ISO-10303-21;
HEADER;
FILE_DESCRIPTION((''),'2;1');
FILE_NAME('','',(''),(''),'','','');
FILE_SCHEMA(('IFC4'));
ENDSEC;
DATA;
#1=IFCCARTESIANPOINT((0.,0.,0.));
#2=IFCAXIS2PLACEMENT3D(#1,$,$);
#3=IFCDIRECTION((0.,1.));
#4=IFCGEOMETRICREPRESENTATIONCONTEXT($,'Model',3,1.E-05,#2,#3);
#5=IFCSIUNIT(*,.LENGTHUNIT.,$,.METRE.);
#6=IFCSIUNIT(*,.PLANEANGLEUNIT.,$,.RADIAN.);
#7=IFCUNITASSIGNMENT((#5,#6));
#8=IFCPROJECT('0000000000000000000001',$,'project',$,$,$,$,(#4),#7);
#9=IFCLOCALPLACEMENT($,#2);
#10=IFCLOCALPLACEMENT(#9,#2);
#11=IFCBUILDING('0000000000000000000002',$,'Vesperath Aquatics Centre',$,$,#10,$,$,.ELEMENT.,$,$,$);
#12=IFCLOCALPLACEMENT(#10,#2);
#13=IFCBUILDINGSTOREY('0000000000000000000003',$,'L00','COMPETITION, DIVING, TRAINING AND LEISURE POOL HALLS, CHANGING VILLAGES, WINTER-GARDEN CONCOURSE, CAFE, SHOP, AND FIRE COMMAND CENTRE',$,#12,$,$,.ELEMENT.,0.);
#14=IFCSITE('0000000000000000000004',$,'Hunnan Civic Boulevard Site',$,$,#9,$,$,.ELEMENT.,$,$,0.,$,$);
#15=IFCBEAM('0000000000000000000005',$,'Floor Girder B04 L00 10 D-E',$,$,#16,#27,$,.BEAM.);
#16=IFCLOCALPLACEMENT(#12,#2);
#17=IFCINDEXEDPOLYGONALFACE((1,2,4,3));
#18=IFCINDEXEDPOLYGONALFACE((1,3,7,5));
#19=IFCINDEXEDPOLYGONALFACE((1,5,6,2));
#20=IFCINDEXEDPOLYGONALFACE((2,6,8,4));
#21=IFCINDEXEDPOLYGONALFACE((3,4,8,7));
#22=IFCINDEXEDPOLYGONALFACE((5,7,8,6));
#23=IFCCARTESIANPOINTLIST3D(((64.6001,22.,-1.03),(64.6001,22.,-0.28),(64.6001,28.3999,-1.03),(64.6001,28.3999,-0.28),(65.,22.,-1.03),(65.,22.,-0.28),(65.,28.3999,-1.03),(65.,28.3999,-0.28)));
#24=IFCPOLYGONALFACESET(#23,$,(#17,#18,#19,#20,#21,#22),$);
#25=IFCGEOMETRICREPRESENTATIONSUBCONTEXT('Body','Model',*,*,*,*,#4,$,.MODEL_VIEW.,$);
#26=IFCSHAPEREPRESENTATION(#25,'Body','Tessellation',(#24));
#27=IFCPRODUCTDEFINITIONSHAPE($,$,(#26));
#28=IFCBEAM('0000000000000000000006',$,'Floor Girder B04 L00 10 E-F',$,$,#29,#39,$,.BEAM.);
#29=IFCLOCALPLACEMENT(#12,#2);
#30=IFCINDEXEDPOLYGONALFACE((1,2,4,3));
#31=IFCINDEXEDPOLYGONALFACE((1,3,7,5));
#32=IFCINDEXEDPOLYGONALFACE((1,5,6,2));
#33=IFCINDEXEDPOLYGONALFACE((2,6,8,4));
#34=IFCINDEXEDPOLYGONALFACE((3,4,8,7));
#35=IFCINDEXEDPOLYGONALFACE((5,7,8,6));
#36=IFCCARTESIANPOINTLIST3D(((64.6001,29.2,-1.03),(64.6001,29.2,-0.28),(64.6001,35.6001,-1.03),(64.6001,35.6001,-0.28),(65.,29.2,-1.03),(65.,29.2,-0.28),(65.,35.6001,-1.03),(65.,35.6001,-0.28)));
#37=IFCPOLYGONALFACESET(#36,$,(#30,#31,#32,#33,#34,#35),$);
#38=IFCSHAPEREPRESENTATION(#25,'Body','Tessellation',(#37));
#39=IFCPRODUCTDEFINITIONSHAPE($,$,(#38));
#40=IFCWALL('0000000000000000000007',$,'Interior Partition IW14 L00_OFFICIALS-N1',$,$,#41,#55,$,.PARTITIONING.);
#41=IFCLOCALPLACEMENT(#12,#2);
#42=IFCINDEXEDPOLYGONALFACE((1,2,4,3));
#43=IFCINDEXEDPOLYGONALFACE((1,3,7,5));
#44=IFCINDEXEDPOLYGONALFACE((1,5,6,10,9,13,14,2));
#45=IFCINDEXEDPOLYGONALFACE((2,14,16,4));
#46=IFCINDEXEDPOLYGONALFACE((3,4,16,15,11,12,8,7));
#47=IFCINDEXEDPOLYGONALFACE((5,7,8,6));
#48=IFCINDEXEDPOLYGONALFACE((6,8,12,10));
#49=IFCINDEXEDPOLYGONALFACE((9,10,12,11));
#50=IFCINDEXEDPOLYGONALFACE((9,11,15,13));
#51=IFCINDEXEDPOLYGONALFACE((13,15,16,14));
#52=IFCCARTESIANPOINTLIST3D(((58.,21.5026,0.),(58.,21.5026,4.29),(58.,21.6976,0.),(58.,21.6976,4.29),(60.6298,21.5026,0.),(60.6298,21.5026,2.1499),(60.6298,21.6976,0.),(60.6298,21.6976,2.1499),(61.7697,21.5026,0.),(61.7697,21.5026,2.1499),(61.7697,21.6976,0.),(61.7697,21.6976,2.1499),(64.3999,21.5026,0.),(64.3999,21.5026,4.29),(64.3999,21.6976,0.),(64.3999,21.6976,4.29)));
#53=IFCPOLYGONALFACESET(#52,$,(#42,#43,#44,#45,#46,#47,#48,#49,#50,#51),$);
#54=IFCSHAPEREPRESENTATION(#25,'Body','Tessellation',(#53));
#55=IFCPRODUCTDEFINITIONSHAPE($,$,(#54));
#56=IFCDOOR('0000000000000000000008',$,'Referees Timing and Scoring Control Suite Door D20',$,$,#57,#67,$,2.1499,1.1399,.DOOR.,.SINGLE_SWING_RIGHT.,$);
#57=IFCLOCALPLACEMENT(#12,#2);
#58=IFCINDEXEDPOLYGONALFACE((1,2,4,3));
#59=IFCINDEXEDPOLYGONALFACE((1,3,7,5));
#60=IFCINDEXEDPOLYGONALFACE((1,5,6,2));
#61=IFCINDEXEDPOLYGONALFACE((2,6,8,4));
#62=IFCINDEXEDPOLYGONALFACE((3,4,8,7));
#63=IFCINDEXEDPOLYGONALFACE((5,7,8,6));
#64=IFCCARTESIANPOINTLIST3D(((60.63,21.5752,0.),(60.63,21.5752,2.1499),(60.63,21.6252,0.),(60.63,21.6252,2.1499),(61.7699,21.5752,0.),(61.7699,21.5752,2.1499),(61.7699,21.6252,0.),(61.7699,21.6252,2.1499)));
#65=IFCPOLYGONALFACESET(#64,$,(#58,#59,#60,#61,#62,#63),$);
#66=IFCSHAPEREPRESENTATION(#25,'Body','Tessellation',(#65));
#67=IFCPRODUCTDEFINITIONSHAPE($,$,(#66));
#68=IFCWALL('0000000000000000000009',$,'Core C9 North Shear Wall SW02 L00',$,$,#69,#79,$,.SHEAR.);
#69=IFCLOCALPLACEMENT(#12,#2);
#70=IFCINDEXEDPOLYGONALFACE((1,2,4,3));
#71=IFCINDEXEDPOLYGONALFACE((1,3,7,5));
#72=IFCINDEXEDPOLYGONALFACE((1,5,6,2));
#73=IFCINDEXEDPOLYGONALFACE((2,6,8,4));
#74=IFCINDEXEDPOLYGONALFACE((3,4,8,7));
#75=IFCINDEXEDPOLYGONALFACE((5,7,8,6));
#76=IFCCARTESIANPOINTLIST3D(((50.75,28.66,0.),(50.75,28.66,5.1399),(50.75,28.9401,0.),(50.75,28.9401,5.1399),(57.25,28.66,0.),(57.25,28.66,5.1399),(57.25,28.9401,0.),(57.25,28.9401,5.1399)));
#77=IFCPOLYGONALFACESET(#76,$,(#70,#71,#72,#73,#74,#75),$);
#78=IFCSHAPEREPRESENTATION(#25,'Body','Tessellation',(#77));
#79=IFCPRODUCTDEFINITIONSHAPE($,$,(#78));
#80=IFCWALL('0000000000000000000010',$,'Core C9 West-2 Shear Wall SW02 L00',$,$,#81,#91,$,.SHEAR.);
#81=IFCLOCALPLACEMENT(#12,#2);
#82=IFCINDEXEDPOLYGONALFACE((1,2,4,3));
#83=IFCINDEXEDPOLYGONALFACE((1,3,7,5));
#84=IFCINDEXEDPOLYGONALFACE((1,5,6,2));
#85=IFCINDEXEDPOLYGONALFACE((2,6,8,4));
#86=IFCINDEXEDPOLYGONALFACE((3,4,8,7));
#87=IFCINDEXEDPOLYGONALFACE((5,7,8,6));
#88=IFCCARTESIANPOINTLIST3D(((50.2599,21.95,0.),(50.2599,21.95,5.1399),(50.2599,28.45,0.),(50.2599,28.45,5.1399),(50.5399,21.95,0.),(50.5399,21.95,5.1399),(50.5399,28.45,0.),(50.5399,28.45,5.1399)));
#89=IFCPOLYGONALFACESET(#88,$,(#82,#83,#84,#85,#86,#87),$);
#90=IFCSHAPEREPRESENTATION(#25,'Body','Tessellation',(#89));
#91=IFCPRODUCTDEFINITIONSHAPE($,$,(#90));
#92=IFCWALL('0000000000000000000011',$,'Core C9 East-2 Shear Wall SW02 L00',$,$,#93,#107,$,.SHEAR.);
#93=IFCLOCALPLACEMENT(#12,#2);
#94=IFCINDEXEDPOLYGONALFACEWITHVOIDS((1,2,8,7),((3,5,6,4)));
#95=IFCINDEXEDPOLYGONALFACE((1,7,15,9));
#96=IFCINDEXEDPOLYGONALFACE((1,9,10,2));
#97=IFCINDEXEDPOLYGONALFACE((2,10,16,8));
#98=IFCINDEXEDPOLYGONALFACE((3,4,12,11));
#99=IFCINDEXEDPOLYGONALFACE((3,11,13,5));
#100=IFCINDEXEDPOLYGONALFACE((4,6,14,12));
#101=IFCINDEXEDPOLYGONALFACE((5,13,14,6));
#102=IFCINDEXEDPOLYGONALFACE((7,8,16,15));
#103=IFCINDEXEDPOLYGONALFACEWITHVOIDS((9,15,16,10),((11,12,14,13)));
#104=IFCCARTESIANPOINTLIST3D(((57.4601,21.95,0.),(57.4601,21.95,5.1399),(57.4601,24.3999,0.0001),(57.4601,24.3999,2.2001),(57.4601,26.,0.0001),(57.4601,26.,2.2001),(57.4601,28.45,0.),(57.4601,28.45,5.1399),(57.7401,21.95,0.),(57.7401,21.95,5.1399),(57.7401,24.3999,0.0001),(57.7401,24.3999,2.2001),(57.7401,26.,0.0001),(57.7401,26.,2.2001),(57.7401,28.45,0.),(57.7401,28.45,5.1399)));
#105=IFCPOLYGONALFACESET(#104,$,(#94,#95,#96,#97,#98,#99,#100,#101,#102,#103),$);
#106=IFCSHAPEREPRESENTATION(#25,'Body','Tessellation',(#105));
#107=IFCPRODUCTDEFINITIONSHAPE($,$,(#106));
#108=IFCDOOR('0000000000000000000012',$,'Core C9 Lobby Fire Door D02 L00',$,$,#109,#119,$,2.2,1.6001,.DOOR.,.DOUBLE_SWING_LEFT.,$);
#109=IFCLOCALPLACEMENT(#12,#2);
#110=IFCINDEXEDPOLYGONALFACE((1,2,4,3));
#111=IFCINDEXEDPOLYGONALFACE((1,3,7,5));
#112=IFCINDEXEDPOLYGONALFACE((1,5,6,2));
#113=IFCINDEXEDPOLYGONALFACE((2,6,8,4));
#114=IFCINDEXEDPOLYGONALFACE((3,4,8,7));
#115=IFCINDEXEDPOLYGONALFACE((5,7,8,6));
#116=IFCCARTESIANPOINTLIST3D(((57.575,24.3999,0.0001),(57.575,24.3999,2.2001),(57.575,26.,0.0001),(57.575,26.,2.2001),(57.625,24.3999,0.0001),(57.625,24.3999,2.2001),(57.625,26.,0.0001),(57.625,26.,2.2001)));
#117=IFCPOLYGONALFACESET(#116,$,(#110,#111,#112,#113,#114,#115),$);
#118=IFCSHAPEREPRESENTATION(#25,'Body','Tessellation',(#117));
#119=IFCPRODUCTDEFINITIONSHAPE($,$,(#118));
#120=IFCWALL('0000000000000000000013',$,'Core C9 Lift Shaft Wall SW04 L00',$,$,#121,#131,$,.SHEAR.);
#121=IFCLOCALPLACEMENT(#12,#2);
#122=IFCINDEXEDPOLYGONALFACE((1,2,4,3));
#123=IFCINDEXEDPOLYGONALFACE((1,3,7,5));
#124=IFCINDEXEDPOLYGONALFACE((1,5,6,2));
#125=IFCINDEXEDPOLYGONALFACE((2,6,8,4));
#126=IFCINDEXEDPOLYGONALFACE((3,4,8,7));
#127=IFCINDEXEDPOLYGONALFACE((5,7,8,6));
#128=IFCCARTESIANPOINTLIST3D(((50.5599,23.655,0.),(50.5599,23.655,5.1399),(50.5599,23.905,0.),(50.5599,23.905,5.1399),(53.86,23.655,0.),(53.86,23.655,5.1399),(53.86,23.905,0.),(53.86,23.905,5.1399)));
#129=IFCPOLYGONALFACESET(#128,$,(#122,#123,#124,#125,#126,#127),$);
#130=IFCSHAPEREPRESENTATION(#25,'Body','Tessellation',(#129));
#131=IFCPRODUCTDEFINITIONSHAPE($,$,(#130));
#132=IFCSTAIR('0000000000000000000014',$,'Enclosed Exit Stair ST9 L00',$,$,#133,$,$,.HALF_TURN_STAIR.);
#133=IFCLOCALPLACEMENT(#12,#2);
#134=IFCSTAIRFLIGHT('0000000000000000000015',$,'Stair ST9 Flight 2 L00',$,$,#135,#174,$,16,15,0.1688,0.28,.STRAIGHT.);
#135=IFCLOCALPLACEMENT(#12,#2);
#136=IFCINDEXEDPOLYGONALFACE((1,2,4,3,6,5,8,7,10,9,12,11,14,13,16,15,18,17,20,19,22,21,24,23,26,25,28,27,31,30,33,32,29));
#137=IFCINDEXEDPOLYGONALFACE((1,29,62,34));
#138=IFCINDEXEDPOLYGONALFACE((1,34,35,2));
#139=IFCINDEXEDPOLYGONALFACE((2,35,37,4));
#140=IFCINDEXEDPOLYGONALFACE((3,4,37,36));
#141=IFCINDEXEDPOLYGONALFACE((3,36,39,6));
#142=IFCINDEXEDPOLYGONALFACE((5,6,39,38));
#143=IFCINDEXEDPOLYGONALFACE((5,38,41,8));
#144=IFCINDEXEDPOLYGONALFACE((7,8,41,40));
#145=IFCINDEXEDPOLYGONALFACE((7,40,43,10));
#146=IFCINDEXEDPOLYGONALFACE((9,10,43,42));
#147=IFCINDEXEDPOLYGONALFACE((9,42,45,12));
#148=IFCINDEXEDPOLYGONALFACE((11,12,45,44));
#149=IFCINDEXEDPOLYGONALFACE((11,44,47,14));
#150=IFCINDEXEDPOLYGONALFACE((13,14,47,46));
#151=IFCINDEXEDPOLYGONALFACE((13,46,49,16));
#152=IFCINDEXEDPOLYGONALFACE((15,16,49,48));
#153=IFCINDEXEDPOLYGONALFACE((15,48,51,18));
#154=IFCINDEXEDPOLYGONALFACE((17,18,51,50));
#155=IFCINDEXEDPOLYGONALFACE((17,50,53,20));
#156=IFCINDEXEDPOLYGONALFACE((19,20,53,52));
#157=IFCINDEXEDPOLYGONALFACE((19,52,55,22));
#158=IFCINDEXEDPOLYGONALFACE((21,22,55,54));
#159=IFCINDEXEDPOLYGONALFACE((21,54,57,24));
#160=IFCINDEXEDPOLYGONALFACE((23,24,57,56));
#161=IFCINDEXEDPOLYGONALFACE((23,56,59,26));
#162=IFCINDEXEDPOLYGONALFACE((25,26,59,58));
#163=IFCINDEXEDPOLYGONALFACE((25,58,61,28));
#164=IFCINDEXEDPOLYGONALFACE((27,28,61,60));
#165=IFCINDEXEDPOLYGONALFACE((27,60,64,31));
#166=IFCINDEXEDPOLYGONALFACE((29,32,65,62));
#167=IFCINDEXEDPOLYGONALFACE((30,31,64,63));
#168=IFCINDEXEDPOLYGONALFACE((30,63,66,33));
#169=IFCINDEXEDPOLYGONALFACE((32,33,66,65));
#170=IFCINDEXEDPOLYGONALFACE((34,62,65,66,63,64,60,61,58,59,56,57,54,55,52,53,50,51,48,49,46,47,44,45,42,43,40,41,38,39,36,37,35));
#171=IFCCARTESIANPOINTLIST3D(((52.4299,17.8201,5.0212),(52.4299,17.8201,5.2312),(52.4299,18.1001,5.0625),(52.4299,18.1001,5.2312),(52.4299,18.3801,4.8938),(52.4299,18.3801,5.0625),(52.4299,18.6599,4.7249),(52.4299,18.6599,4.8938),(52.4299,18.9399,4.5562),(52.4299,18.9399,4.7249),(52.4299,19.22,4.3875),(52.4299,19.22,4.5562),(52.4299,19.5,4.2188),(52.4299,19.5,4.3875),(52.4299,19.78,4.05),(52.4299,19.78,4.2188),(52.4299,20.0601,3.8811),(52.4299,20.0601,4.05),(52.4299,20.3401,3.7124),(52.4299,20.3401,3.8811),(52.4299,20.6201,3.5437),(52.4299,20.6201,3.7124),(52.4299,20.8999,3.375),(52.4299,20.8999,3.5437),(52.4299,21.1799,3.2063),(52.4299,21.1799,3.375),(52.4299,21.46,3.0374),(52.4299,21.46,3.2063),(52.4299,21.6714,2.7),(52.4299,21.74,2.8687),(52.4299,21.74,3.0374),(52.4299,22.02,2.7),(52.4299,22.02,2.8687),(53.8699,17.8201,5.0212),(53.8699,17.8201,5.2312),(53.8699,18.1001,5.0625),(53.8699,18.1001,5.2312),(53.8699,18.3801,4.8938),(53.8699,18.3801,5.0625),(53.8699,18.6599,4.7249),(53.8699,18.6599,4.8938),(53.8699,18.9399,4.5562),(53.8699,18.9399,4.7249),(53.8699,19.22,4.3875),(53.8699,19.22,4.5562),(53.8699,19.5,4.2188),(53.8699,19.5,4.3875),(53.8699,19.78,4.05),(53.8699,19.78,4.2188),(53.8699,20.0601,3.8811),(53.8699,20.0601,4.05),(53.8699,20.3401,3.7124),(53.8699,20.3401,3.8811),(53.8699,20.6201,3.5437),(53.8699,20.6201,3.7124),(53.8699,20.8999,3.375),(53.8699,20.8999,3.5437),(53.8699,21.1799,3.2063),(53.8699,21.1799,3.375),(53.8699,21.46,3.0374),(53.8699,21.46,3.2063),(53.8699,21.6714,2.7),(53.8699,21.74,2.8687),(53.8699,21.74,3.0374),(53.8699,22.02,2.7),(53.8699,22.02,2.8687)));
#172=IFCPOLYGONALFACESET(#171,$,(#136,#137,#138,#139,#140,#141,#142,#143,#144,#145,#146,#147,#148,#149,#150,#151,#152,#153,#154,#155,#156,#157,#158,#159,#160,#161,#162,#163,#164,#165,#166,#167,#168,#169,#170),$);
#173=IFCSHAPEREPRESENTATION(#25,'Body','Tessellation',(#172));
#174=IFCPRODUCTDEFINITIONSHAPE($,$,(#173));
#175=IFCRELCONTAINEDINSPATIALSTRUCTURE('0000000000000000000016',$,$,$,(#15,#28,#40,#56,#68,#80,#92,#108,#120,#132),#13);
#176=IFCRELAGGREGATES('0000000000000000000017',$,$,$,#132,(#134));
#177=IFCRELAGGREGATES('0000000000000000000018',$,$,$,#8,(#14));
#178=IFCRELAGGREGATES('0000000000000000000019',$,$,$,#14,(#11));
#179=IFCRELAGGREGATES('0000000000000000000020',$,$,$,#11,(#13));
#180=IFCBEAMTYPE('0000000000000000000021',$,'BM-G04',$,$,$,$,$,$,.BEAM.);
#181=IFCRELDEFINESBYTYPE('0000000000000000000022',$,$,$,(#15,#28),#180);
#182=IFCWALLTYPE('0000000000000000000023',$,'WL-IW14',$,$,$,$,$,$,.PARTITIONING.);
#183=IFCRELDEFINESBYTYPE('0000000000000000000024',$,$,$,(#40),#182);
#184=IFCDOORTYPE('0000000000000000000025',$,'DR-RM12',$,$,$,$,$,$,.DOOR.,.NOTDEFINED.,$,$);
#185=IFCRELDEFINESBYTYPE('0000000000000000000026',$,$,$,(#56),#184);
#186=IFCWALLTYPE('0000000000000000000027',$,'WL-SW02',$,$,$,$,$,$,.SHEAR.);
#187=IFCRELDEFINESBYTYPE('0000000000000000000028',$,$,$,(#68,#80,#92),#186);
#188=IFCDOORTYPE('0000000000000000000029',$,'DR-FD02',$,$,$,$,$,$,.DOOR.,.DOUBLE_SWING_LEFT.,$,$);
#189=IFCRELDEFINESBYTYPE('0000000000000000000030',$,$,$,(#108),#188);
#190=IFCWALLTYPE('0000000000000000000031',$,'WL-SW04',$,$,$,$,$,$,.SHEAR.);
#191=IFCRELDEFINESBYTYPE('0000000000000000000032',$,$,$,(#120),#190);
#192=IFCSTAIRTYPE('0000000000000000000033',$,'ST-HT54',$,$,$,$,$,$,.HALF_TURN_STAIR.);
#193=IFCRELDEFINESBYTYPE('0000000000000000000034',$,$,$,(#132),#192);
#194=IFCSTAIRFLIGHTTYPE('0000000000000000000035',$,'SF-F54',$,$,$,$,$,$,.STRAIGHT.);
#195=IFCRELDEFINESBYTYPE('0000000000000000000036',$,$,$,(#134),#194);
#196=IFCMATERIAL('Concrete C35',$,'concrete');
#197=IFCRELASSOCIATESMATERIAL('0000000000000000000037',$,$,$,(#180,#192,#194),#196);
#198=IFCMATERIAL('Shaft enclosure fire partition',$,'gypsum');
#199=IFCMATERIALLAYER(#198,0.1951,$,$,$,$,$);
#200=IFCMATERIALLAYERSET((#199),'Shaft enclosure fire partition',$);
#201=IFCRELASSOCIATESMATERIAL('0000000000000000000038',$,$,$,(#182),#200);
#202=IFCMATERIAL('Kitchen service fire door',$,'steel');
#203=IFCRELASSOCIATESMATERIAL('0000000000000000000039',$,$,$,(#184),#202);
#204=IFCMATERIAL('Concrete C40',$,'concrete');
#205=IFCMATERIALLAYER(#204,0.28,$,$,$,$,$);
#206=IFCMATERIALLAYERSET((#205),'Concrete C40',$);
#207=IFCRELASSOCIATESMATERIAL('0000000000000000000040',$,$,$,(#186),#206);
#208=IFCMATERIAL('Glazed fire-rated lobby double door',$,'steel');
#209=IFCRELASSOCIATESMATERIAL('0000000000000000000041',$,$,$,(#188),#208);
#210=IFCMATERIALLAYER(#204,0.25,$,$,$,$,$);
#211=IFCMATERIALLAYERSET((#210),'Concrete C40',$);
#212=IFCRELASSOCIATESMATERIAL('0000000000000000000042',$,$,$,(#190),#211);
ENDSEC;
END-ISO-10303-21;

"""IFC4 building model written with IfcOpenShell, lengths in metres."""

from ifc_helpers import new_model, si_unit, direction, frame, frame_2d, origin, origin_2d, place, context, subcontext, project, spatial, polyline, rectangle, outline, extrude, material, layer, layer_set, material_profile, profile_set, type_object, element, fill, aggregate, save


model = new_model("IFC4")

# Units and contexts
model_context = context("Model", 3, precision=1e-05, world=origin(), true_north=direction((0.0, 1.0)))
body_context = subcontext(model_context, "Body", "Model", "MODEL_VIEW")
ifc_project = project(units=[si_unit("LENGTHUNIT", "METRE"), si_unit("PLANEANGLEUNIT", "RADIAN")], contexts=[model_context])

# Site, building, storey
site_placement = place(None, origin())
site = spatial("IfcSite", under=ifc_project, at=site_placement, Name="Hunnan Civic Boulevard Site", CompositionType="ELEMENT", RefElevation=0.0)
building_placement = place(site_placement, origin())
building = spatial("IfcBuilding", under=site, at=building_placement, Name="Vesperath Aquatics Centre", CompositionType="ELEMENT")
storey_placement = place(building_placement, origin())
storey = spatial("IfcBuildingStorey", under=building, at=storey_placement, Name="L00", Description="COMPETITION, DIVING, TRAINING AND LEISURE POOL HALLS, CHANGING VILLAGES, WINTER-GARDEN CONCOURSE, CAFE, SHOP, AND FIRE COMMAND CENTRE", CompositionType="ELEMENT", Elevation=0.0)

# Shared definitions
ifc_material_1 = material(Name="Concrete C40", Category="concrete")

# Beams
ifc_material_2 = material(Name="Concrete C35", Category="concrete")
ifc_material_profile_1 = material_profile(ifc_material_2, rectangle(XDim=0.3999, YDim=0.75, at=origin_2d()), Name="RC 400x750")
ifc_profile_set_1 = profile_set([ifc_material_profile_1], Name="Concrete C35")
beam_type_1 = type_object("IfcBeamType", Name="BM-G04", PredefinedType="BEAM", material=ifc_profile_set_1)
beam_1_placement = place(storey_placement, frame((64.8, 22.0, -0.655), z_axis=(0.0, 1.0, 0.0), x_axis=(-1.0, 0.0, 0.0)))
element("IfcBeam", 1, at=beam_1_placement, inside=storey, type_object=beam_type_1, Name="Floor Girder B04 L00 10 D-E", PredefinedType="BEAM", context=body_context, shape_type="SweptSolid", body=[
    extrude(rectangle(XDim=0.3999, YDim=0.75, at=origin_2d()), origin(), (0.0, 0.0, 1.0), 6.3999),
])
beam_2_placement = place(storey_placement, frame((64.8, 29.2, -0.655), z_axis=(0.0, 1.0, 0.0), x_axis=(-1.0, 0.0, 0.0)))
element("IfcBeam", 2, at=beam_2_placement, inside=storey, type_object=beam_type_1, Name="Floor Girder B04 L00 10 E-F", PredefinedType="BEAM", context=body_context, shape_type="SweptSolid", body=[
    extrude(rectangle(XDim=0.3999, YDim=0.75, at=origin_2d()), origin(), (0.0, 0.0, 1.0), 6.4001),
])

# Wall, opening, door
ifc_material_3 = material(Name="Shaft enclosure fire partition", Category="gypsum")
ifc_layer_1 = layer(ifc_material_3, 0.1951)
ifc_layer_set_1 = layer_set([ifc_layer_1], Name="Shaft enclosure fire partition")
wall_type_1 = type_object("IfcWallType", Name="WL-IW14", PredefinedType="PARTITIONING", material=ifc_layer_set_1)
wall_1_placement = place(storey_placement, frame((58.0, 21.6001, 0.0), z_axis=(0.0, 0.0, 1.0), x_axis=(1.0, 0.0, 0.0)))
wall_1 = element("IfcWall", 3, at=wall_1_placement, inside=storey, type_object=wall_type_1, Name="Interior Partition IW14 L00_OFFICIALS-N1", PredefinedType="PARTITIONING", context=body_context, shape_type="SweptSolid", body=[
    extrude(rectangle(XDim=6.3999, YDim=0.1951, at=frame_2d((3.2, 0.0))), origin(), (0.0, 0.0, 1.0), 4.29),
])
opening_1_placement = place(wall_1_placement, frame((2.6299, 0.0, 0.0)))
opening_1 = element("IfcOpeningElement", 4, at=opening_1_placement, cuts=wall_1, PredefinedType="OPENING", context=body_context, shape_type="SweptSolid", body=[
    extrude(rectangle(XDim=1.1399, YDim=2.1499, at=frame_2d((0.5698, 1.075))), frame((0.0, 0.1123, 0.0), z_axis=(0.0, -1.0, 0.0), x_axis=(1.0, 0.0, 0.0)), (0.0, 0.0, 1.0), 0.2249),
])
ifc_material_4 = material(Name="Kitchen service fire door", Category="steel")
door_type_1 = type_object("IfcDoorType", Name="DR-RM12", OperationType="NOTDEFINED", PredefinedType="DOOR", material=ifc_material_4)
door_1_placement = place(opening_1_placement, frame((1.1399, 0.0, 0.0), z_axis=(0.0, 0.0, 1.0), x_axis=(-1.0, 0.0, 0.0)))
door_1 = element("IfcDoor", 5, at=door_1_placement, inside=storey, type_object=door_type_1, Name="Referees Timing and Scoring Control Suite Door D20", OperationType="SINGLE_SWING_RIGHT", OverallHeight=2.1499, OverallWidth=1.1399, PredefinedType="DOOR", context=body_context, shape_type="SweptSolid", body=[
    extrude(rectangle(XDim=1.1399, YDim=2.1499, at=frame_2d((0.5698, 1.075))), frame((0.0, 0.0249, 0.0), z_axis=(0.0, -1.0, 0.0), x_axis=(1.0, 0.0, 0.0)), (0.0, 0.0, 1.0), 0.05),
])
fill(opening_1, door_1)

# Walls
ifc_layer_2 = layer(ifc_material_1, 0.28)
ifc_layer_set_2 = layer_set([ifc_layer_2], Name="Concrete C40")
wall_type_2 = type_object("IfcWallType", Name="WL-SW02", PredefinedType="SHEAR", material=ifc_layer_set_2)
for number, where, z_axis, x_axis, name in (
    (6, (50.75, 28.8, 0.0), (0.0, 0.0, 1.0), (1.0, 0.0, 0.0), "Core C9 North Shear Wall SW02 L00"),
    (7, (50.3999, 21.95, 0.0), (0.0, 0.0, 1.0), (0.0, 1.0, 0.0), "Core C9 West-2 Shear Wall SW02 L00"),
):
    element("IfcWall", number, at=place(storey_placement, frame(where, z_axis=z_axis, x_axis=x_axis)), inside=storey, type_object=wall_type_2, Name=name, PredefinedType="SHEAR", context=body_context, shape_type="SweptSolid", body=[
        extrude(rectangle(XDim=6.5, YDim=0.28, at=frame_2d((3.25, 0.0))), origin(), (0.0, 0.0, 1.0), 5.1399),
    ])

# Wall, opening, door
wall_2_placement = place(storey_placement, frame((57.6001, 21.95, 0.0), z_axis=(0.0, 0.0, 1.0), x_axis=(0.0, 1.0, 0.0)))
wall_2 = element("IfcWall", 8, at=wall_2_placement, inside=storey, type_object=wall_type_2, Name="Core C9 East-2 Shear Wall SW02 L00", PredefinedType="SHEAR", context=body_context, shape_type="SweptSolid", body=[
    extrude(rectangle(XDim=6.5, YDim=0.28, at=frame_2d((3.25, 0.0))), origin(), (0.0, 0.0, 1.0), 5.1399),
])
opening_2_placement = place(wall_2_placement, frame((2.45, 0.0, 0.0)))
opening_2 = element("IfcOpeningElement", 9, at=opening_2_placement, cuts=wall_2, PredefinedType="OPENING", context=body_context, shape_type="SweptSolid", body=[
    extrude(rectangle(XDim=1.6001, YDim=2.2, at=frame_2d((0.8, 1.1001))), frame((0.0, 0.1548, 0.0), z_axis=(0.0, -1.0, 0.0), x_axis=(1.0, 0.0, 0.0)), (0.0, 0.0, 1.0), 0.3098),
])
ifc_material_5 = material(Name="Glazed fire-rated lobby double door", Category="steel")
door_type_2 = type_object("IfcDoorType", Name="DR-FD02", OperationType="DOUBLE_SWING_LEFT", PredefinedType="DOOR", material=ifc_material_5)
door_2_placement = place(opening_2_placement, frame((1.6001, 0.0, 0.0), z_axis=(0.0, 0.0, 1.0), x_axis=(-1.0, 0.0, 0.0)))
door_2 = element("IfcDoor", 10, at=door_2_placement, inside=storey, type_object=door_type_2, Name="Core C9 Lobby Fire Door D02 L00", OperationType="DOUBLE_SWING_LEFT", OverallHeight=2.2, OverallWidth=1.6001, PredefinedType="DOOR", context=body_context, shape_type="SweptSolid", body=[
    extrude(rectangle(XDim=1.6001, YDim=2.2, at=frame_2d((0.8, 1.1001))), frame((0.0, 0.0249, 0.0), z_axis=(0.0, -1.0, 0.0), x_axis=(1.0, 0.0, 0.0)), (0.0, 0.0, 1.0), 0.05),
])
fill(opening_2, door_2)

# Wall
ifc_layer_3 = layer(ifc_material_1, 0.25)
ifc_layer_set_3 = layer_set([ifc_layer_3], Name="Concrete C40")
wall_type_3 = type_object("IfcWallType", Name="WL-SW04", PredefinedType="SHEAR", material=ifc_layer_set_3)
wall_3_placement = place(storey_placement, frame((50.5601, 23.78, 0.0), z_axis=(0.0, 0.0, 1.0), x_axis=(1.0, 0.0, 0.0)))
element("IfcWall", 11, at=wall_3_placement, inside=storey, type_object=wall_type_3, Name="Core C9 Lift Shaft Wall SW04 L00", PredefinedType="SHEAR", context=body_context, shape_type="SweptSolid", body=[
    extrude(rectangle(XDim=3.3, YDim=0.25, at=frame_2d((1.6499, 0.0))), origin(), (0.0, 0.0, 1.0), 5.1399),
])

# Stair, stair flight
stair_type = type_object("IfcStairType", Name="ST-HT54", PredefinedType="HALF_TURN_STAIR", material=ifc_material_2)
stair_placement = place(storey_placement, origin())
stair = element("IfcStair", 12, at=stair_placement, inside=storey, type_object=stair_type, Name="Enclosed Exit Stair ST9 L00", PredefinedType="HALF_TURN_STAIR")
stair_flight_type = type_object("IfcStairFlightType", Name="SF-F54", PredefinedType="STRAIGHT", material=ifc_material_2)
stair_flight_placement = place(storey_placement, frame((53.1499, 22.02, 2.7), z_axis=(0.0, 0.0, 1.0), x_axis=(0.0, -1.0, 0.0)))
stair_flight = element("IfcStairFlight", 13, at=stair_flight_placement, type_object=stair_flight_type, Name="Stair ST9 Flight 2 L00", NumberOfRisers=16, NumberOfTreads=15, PredefinedType="STRAIGHT", RiserHeight=0.1688, TreadLength=0.28, context=body_context, shape_type="SweptSolid", body=[
    extrude(outline(polyline([(0.0, 0.0), (0.0, 0.1687), (0.28, 0.1687), (0.28, 0.3374), (0.5601, 0.3374), (0.5601, 0.5063), (0.8401, 0.5063), (0.8401, 0.675), (1.1201, 0.675), (1.1201, 0.8438), (1.3999, 0.8438), (1.3999, 1.0125), (1.6799, 1.0125), (1.6799, 1.1812), (1.96, 1.1812), (1.96, 1.3501), (2.24, 1.3501), (2.24, 1.5188), (2.52, 1.5188), (2.52, 1.6875), (2.8, 1.6875), (2.8, 1.8562), (3.0801, 1.8562), (3.0801, 2.0249), (3.3601, 2.0249), (3.3601, 2.1938), (3.6399, 2.1938), (3.6399, 2.3625), (3.9199, 2.3625), (3.9199, 2.5312), (4.2, 2.5312), (4.2, 2.7), (4.2, 2.3213), (0.3486, 0.0), (0.0, 0.0)])), frame((0.0, 0.72, 0.0), z_axis=(0.0, -1.0, 0.0), x_axis=(1.0, 0.0, 0.0)), (0.0, 0.0, 1.0), 1.4399),
])
aggregate(stair, [stair_flight])

save(model, "model.ifc")
